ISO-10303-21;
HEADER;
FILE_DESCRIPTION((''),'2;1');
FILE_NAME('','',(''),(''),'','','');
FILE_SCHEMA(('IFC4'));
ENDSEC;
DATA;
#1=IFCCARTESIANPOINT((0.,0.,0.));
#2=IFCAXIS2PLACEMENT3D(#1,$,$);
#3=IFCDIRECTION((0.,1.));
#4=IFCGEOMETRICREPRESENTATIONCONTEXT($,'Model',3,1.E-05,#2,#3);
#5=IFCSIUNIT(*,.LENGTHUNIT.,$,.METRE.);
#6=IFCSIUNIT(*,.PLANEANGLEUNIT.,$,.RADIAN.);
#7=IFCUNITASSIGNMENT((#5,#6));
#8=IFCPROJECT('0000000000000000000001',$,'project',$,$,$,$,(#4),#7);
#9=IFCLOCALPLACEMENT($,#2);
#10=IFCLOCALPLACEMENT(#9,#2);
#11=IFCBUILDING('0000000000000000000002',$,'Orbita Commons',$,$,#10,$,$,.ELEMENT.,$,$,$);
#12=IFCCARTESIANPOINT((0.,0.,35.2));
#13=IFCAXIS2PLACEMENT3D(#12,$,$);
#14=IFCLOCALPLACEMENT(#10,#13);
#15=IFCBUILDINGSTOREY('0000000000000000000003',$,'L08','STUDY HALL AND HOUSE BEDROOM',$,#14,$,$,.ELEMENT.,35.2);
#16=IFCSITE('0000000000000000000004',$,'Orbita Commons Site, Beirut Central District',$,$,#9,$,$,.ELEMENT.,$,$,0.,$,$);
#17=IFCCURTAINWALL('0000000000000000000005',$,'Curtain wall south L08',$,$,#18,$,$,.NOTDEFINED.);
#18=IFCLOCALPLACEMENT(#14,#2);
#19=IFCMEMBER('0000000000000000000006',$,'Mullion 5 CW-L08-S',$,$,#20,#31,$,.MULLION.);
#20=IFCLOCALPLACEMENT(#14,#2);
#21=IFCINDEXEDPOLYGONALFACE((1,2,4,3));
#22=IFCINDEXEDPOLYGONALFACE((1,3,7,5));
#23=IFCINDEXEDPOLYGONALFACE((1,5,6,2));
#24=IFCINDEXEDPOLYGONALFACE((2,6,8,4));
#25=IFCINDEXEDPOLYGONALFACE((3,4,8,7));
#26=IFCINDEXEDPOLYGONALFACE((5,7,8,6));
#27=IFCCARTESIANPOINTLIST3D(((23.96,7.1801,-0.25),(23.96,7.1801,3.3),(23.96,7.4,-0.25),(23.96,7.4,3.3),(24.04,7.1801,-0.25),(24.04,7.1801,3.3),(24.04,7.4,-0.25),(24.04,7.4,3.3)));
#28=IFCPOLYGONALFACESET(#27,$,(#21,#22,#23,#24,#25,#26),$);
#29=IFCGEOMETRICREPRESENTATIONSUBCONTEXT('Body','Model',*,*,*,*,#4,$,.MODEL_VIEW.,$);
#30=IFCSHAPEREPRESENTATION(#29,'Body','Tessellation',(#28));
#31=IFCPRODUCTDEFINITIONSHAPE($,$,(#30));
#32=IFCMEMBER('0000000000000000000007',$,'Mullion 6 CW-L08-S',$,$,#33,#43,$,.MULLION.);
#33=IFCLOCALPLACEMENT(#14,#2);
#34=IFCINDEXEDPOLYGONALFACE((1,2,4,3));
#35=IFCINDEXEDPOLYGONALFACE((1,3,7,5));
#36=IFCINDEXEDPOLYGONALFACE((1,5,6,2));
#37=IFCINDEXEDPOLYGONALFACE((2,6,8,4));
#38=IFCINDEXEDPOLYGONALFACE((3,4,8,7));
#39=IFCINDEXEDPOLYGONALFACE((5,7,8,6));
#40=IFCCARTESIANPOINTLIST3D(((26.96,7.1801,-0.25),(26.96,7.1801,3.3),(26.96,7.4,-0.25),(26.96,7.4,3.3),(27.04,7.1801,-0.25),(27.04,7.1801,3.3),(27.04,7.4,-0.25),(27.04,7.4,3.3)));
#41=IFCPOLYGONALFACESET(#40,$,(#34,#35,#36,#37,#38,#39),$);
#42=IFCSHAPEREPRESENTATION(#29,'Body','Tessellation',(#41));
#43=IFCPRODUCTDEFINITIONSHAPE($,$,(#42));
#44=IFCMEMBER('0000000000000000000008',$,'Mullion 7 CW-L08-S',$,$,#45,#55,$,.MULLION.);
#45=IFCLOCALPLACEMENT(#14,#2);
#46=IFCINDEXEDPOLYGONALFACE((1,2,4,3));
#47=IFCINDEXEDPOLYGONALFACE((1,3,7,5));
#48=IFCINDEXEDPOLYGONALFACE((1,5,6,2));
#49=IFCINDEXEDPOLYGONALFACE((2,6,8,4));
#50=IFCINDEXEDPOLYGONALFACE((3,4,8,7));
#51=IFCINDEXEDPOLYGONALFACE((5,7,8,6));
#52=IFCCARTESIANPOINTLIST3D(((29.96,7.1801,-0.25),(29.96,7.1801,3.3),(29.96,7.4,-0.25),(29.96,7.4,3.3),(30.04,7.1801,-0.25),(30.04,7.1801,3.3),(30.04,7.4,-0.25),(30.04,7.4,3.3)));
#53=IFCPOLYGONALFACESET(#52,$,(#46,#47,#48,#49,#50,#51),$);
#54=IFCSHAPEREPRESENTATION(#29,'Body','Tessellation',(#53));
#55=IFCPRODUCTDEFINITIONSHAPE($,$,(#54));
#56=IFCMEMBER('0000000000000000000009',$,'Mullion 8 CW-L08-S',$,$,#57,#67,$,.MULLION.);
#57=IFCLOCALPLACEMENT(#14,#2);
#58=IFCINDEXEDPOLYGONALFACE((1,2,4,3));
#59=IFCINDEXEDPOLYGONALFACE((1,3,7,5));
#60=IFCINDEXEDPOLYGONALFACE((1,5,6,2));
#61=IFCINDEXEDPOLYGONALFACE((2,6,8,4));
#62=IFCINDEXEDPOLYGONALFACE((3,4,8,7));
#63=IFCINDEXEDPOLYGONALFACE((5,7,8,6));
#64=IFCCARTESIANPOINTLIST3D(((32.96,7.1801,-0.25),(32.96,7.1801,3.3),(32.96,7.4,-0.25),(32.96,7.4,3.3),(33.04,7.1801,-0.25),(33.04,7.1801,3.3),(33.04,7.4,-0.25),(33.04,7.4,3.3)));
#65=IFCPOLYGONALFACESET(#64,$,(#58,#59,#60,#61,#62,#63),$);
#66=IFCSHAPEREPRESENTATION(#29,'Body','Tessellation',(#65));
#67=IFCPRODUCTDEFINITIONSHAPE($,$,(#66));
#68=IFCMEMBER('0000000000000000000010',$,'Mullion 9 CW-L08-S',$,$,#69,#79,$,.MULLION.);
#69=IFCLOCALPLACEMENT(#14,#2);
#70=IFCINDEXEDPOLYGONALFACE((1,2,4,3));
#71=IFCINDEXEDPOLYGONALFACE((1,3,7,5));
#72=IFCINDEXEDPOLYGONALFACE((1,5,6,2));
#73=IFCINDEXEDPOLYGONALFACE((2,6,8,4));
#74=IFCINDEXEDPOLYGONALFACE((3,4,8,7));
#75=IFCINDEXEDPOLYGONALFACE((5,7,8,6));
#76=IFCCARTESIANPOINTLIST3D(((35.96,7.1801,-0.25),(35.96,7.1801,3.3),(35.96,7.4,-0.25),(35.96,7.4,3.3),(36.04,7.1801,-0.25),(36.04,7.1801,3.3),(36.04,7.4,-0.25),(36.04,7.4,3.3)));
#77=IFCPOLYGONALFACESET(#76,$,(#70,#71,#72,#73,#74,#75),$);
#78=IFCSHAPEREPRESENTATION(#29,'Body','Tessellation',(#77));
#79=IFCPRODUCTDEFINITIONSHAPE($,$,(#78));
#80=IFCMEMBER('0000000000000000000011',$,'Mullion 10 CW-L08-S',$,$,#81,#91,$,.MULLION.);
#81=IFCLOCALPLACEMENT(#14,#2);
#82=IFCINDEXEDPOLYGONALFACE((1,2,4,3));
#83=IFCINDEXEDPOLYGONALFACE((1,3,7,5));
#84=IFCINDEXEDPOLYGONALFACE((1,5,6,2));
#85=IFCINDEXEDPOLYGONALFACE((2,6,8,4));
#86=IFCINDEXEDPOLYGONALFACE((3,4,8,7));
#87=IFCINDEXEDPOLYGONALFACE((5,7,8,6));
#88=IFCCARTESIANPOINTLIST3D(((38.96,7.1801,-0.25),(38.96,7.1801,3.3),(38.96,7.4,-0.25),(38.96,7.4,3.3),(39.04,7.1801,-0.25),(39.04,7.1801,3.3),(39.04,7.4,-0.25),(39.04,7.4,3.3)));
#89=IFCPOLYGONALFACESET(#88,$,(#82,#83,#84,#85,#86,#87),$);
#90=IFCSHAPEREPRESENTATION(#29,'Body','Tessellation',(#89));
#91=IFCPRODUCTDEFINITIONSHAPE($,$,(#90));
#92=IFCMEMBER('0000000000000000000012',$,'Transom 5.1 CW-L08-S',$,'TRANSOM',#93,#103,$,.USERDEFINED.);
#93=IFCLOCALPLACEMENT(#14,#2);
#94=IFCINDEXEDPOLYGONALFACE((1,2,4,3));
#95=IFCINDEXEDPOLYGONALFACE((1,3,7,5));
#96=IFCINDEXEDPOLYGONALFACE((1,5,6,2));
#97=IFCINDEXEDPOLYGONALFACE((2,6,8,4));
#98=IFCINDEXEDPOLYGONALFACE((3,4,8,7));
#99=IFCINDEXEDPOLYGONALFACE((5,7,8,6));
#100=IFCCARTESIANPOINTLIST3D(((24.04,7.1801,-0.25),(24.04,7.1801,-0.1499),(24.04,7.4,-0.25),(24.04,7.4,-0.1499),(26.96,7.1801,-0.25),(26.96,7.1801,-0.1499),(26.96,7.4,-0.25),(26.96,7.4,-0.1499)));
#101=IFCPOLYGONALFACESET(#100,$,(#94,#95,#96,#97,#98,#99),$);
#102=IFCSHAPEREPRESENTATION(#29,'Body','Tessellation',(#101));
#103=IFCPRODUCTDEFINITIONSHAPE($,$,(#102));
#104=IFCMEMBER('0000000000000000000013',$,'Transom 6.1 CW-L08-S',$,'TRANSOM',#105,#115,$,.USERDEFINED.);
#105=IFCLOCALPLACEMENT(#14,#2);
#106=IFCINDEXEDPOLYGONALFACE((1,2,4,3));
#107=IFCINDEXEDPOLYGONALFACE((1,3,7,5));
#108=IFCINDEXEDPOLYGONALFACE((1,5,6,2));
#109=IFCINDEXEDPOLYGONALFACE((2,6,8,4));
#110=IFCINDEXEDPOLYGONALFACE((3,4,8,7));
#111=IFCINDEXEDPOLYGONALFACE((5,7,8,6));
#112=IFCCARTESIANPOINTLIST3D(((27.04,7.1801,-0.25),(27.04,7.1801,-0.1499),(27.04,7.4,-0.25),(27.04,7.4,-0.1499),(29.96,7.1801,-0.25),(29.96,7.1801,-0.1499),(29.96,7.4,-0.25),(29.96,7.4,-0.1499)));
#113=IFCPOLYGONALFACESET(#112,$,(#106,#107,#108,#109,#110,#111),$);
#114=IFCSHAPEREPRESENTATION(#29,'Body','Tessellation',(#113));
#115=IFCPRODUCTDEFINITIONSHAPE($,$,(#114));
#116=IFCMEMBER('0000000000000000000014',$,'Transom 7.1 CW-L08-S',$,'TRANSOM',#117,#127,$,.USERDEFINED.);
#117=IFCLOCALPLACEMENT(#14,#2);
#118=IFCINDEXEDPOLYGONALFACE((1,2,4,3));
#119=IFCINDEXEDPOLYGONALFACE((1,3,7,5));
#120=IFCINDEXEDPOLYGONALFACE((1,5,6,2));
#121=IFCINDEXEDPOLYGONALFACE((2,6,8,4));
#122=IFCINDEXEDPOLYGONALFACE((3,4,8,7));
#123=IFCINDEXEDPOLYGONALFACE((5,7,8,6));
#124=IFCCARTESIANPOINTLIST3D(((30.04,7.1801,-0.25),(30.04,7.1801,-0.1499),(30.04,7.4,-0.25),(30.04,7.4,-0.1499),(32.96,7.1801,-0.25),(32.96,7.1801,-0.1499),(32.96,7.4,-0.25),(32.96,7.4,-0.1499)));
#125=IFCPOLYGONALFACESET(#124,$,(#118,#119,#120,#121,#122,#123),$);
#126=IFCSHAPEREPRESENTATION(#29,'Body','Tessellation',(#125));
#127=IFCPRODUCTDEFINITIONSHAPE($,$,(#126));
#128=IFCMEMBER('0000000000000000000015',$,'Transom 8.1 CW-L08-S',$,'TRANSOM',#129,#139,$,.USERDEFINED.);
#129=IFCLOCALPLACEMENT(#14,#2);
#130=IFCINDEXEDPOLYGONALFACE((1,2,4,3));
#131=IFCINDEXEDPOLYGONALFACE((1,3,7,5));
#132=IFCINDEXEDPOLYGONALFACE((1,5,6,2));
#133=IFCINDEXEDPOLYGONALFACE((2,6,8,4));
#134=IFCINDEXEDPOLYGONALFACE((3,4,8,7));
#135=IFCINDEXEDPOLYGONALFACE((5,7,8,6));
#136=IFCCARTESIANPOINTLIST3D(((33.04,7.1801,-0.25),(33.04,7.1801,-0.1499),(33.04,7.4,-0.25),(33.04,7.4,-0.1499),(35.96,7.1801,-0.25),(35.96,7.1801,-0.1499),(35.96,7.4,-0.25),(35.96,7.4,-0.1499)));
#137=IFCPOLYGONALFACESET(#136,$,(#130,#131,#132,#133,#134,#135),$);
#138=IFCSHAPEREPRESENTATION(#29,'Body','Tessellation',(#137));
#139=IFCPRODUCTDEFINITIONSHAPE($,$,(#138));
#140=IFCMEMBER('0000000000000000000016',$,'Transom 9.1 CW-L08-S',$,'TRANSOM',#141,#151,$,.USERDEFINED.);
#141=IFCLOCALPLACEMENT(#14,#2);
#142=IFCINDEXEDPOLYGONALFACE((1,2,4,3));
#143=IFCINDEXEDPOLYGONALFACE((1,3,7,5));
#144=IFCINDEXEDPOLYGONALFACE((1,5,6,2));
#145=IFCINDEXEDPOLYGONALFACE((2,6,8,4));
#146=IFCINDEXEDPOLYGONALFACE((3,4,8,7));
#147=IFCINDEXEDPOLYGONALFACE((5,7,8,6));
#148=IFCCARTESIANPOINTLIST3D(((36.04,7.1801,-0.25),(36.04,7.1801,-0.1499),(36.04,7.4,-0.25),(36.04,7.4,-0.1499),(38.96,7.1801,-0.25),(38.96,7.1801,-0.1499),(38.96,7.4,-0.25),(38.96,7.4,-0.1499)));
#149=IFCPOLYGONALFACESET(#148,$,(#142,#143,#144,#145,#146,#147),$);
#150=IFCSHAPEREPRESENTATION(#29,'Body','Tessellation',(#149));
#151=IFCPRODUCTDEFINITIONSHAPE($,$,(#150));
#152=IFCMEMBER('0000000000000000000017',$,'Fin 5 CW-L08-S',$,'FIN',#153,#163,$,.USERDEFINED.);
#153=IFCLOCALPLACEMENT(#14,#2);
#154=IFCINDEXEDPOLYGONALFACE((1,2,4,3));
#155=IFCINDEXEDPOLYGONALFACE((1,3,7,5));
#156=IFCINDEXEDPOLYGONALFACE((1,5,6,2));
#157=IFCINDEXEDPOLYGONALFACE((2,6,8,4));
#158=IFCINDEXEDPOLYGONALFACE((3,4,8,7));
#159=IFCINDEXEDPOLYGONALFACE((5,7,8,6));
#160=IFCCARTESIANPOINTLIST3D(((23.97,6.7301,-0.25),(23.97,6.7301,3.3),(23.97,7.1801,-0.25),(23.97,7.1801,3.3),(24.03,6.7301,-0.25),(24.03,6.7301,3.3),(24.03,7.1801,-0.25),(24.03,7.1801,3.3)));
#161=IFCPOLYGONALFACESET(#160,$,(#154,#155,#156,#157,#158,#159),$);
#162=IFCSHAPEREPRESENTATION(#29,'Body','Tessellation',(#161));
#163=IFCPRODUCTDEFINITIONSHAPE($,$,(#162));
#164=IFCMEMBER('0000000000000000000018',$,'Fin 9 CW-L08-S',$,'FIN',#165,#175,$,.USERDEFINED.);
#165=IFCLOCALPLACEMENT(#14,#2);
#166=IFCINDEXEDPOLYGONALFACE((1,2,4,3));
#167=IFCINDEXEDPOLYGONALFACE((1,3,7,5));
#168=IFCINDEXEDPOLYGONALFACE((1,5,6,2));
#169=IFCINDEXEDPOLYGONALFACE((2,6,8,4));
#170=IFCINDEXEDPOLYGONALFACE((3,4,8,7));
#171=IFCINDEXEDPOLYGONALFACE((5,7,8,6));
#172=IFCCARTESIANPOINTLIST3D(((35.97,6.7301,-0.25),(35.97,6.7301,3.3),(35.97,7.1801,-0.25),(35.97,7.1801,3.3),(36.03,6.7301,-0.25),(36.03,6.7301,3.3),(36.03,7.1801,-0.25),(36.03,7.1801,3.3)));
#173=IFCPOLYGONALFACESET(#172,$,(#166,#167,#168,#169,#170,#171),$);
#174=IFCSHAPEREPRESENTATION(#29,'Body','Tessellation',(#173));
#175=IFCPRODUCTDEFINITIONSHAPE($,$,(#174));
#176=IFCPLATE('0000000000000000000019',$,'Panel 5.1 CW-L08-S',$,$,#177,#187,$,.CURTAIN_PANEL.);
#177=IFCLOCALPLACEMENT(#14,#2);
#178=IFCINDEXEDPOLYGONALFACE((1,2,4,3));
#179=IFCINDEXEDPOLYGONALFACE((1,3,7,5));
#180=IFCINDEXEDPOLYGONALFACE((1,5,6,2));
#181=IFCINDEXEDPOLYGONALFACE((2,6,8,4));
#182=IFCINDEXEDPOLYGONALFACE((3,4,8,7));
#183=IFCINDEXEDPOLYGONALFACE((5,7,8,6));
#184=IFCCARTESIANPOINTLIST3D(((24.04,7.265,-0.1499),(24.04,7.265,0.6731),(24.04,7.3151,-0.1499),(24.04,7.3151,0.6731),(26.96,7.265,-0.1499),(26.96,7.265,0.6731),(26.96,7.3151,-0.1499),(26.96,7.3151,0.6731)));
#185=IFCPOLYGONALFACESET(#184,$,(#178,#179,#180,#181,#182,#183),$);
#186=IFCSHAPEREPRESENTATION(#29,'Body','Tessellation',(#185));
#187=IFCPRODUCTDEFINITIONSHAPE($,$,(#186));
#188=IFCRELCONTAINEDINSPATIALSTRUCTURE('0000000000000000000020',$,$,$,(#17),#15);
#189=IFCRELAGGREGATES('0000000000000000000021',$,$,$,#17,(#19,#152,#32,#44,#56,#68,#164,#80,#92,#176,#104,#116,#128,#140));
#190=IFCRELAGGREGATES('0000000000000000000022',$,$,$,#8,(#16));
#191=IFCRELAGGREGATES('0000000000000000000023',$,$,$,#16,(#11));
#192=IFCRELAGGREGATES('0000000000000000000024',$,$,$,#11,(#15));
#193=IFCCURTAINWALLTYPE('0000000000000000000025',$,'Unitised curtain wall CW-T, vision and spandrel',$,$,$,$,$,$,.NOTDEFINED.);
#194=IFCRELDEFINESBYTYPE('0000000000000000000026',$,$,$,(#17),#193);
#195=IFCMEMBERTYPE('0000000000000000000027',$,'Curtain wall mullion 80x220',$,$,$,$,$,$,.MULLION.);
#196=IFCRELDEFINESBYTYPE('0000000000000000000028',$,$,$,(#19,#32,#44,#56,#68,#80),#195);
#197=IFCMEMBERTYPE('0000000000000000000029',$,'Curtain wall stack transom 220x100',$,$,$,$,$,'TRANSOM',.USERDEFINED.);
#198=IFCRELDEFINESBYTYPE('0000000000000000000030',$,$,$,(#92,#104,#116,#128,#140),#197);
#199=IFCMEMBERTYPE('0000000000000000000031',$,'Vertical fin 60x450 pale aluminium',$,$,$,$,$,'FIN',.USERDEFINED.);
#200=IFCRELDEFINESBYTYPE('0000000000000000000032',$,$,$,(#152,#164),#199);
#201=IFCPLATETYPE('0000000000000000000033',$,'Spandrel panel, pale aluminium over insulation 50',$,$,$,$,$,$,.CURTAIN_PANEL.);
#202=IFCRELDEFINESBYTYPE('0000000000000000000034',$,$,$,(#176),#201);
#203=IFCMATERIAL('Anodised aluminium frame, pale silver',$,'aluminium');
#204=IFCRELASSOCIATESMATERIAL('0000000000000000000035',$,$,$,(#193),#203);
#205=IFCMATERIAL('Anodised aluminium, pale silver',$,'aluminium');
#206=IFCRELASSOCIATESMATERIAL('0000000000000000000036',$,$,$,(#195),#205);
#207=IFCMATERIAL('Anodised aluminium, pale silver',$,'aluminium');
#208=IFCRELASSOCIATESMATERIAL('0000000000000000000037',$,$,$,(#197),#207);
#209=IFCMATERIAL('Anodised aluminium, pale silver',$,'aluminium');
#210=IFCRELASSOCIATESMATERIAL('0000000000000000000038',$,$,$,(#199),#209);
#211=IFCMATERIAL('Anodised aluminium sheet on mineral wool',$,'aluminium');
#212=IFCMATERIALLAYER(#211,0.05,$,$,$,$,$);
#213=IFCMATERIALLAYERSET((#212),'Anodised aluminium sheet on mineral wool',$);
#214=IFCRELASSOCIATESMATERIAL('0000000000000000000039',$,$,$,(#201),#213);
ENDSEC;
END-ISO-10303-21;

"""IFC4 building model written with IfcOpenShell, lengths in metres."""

from ifc_helpers import new_model, si_unit, direction, frame, origin, origin_2d, place, context, subcontext, project, spatial, rectangle, extrude, material, layer, layer_set, material_profile, profile_set, type_object, element, aggregate, save


model = new_model("IFC4")

# Units and contexts
model_context = context("Model", 3, precision=1e-05, world=origin(), true_north=direction((0.0, 1.0)))
body_context = subcontext(model_context, "Body", "Model", "MODEL_VIEW")
ifc_project = project(units=[si_unit("LENGTHUNIT", "METRE"), si_unit("PLANEANGLEUNIT", "RADIAN")], contexts=[model_context])

# Site, building, storey
site_placement = place(None, origin())
site = spatial("IfcSite", under=ifc_project, at=site_placement, Name="Orbita Commons Site, Beirut Central District", CompositionType="ELEMENT", RefElevation=0.0)
building_placement = place(site_placement, origin())
building = spatial("IfcBuilding", under=site, at=building_placement, Name="Orbita Commons", CompositionType="ELEMENT")
storey_placement = place(building_placement, frame((0.0, 0.0, 35.2)))
storey = spatial("IfcBuildingStorey", under=building, at=storey_placement, Name="L08", Description="STUDY HALL AND HOUSE BEDROOM", CompositionType="ELEMENT", Elevation=35.2)

# Curtain wall, members, plate
ifc_material_1 = material(Name="Anodised aluminium frame, pale silver", Category="aluminium")
curtain_wall_type = type_object("IfcCurtainWallType", Name="Unitised curtain wall CW-T, vision and spandrel", PredefinedType="NOTDEFINED", material=ifc_material_1)
curtain_wall_placement = place(storey_placement, origin())
curtain_wall = element("IfcCurtainWall", 1, at=curtain_wall_placement, inside=storey, type_object=curtain_wall_type, Name="Curtain wall south L08", PredefinedType="NOTDEFINED")
ifc_material_2 = material(Name="Anodised aluminium, pale silver", Category="aluminium")
ifc_material_profile_1 = material_profile(ifc_material_2, rectangle(XDim=0.0801, YDim=0.22, at=origin_2d()), Name="AL 80x220")
ifc_profile_set_1 = profile_set([ifc_material_profile_1], Name="Anodised aluminium, pale silver")
member_type_1 = type_object("IfcMemberType", Name="Curtain wall mullion 80x220", PredefinedType="MULLION", material=ifc_profile_set_1)
member_1_placement = place(storey_placement, frame((24.0, 7.29, -0.25), z_axis=(0.0, 0.0, 1.0), x_axis=(1.0, 0.0, 0.0)))
member_1 = element("IfcMember", 2, at=member_1_placement, type_object=member_type_1, Name="Mullion 5 CW-L08-S", PredefinedType="MULLION", context=body_context, shape_type="SweptSolid", body=[
    extrude(rectangle(XDim=0.0801, YDim=0.22, at=origin_2d()), origin(), (0.0, 0.0, 1.0), 3.55),
])
member_2_placement = place(storey_placement, frame((27.0, 7.29, -0.25), z_axis=(0.0, 0.0, 1.0), x_axis=(1.0, 0.0, 0.0)))
member_2 = element("IfcMember", 3, at=member_2_placement, type_object=member_type_1, Name="Mullion 6 CW-L08-S", PredefinedType="MULLION", context=body_context, shape_type="SweptSolid", body=[
    extrude(rectangle(XDim=0.0801, YDim=0.22, at=origin_2d()), origin(), (0.0, 0.0, 1.0), 3.55),
])
member_3_placement = place(storey_placement, frame((30.0, 7.29, -0.25), z_axis=(0.0, 0.0, 1.0), x_axis=(1.0, 0.0, 0.0)))
member_3 = element("IfcMember", 4, at=member_3_placement, type_object=member_type_1, Name="Mullion 7 CW-L08-S", PredefinedType="MULLION", context=body_context, shape_type="SweptSolid", body=[
    extrude(rectangle(XDim=0.0801, YDim=0.22, at=origin_2d()), origin(), (0.0, 0.0, 1.0), 3.55),
])
member_4_placement = place(storey_placement, frame((33.0, 7.29, -0.25), z_axis=(0.0, 0.0, 1.0), x_axis=(1.0, 0.0, 0.0)))
member_4 = element("IfcMember", 5, at=member_4_placement, type_object=member_type_1, Name="Mullion 8 CW-L08-S", PredefinedType="MULLION", context=body_context, shape_type="SweptSolid", body=[
    extrude(rectangle(XDim=0.0801, YDim=0.22, at=origin_2d()), origin(), (0.0, 0.0, 1.0), 3.55),
])
member_5_placement = place(storey_placement, frame((36.0, 7.29, -0.25), z_axis=(0.0, 0.0, 1.0), x_axis=(1.0, 0.0, 0.0)))
member_5 = element("IfcMember", 6, at=member_5_placement, type_object=member_type_1, Name="Mullion 9 CW-L08-S", PredefinedType="MULLION", context=body_context, shape_type="SweptSolid", body=[
    extrude(rectangle(XDim=0.0801, YDim=0.22, at=origin_2d()), origin(), (0.0, 0.0, 1.0), 3.55),
])
member_6_placement = place(storey_placement, frame((39.0, 7.29, -0.25), z_axis=(0.0, 0.0, 1.0), x_axis=(1.0, 0.0, 0.0)))
member_6 = element("IfcMember", 7, at=member_6_placement, type_object=member_type_1, Name="Mullion 10 CW-L08-S", PredefinedType="MULLION", context=body_context, shape_type="SweptSolid", body=[
    extrude(rectangle(XDim=0.0801, YDim=0.22, at=origin_2d()), origin(), (0.0, 0.0, 1.0), 3.55),
])
ifc_material_3 = material(Name="Anodised aluminium, pale silver", Category="aluminium")
ifc_material_profile_2 = material_profile(ifc_material_3, rectangle(XDim=0.22, YDim=0.1001, at=origin_2d()), Name="AL 220x100")
ifc_profile_set_2 = profile_set([ifc_material_profile_2], Name="Anodised aluminium, pale silver")
member_type_2 = type_object("IfcMemberType", Name="Curtain wall stack transom 220x100", ElementType="TRANSOM", PredefinedType="USERDEFINED", material=ifc_profile_set_2)
member_7_placement = place(storey_placement, frame((24.04, 7.29, -0.2), z_axis=(1.0, 0.0, 0.0), x_axis=(0.0, 1.0, 0.0)))
member_7 = element("IfcMember", 8, at=member_7_placement, type_object=member_type_2, Name="Transom 5.1 CW-L08-S", ObjectType="TRANSOM", PredefinedType="USERDEFINED", context=body_context, shape_type="SweptSolid", body=[
    extrude(rectangle(XDim=0.22, YDim=0.1001, at=origin_2d()), origin(), (0.0, 0.0, 1.0), 2.9199),
])
member_8_placement = place(storey_placement, frame((27.04, 7.29, -0.2), z_axis=(1.0, 0.0, 0.0), x_axis=(0.0, 1.0, 0.0)))
member_8 = element("IfcMember", 9, at=member_8_placement, type_object=member_type_2, Name="Transom 6.1 CW-L08-S", ObjectType="TRANSOM", PredefinedType="USERDEFINED", context=body_context, shape_type="SweptSolid", body=[
    extrude(rectangle(XDim=0.22, YDim=0.1001, at=origin_2d()), origin(), (0.0, 0.0, 1.0), 2.9199),
])
member_9_placement = place(storey_placement, frame((30.04, 7.29, -0.2), z_axis=(1.0, 0.0, 0.0), x_axis=(0.0, 1.0, 0.0)))
member_9 = element("IfcMember", 10, at=member_9_placement, type_object=member_type_2, Name="Transom 7.1 CW-L08-S", ObjectType="TRANSOM", PredefinedType="USERDEFINED", context=body_context, shape_type="SweptSolid", body=[
    extrude(rectangle(XDim=0.22, YDim=0.1001, at=origin_2d()), origin(), (0.0, 0.0, 1.0), 2.9199),
])
member_10_placement = place(storey_placement, frame((33.04, 7.29, -0.2), z_axis=(1.0, 0.0, 0.0), x_axis=(0.0, 1.0, 0.0)))
member_10 = element("IfcMember", 11, at=member_10_placement, type_object=member_type_2, Name="Transom 8.1 CW-L08-S", ObjectType="TRANSOM", PredefinedType="USERDEFINED", context=body_context, shape_type="SweptSolid", body=[
    extrude(rectangle(XDim=0.22, YDim=0.1001, at=origin_2d()), origin(), (0.0, 0.0, 1.0), 2.9199),
])
member_11_placement = place(storey_placement, frame((36.04, 7.29, -0.2), z_axis=(1.0, 0.0, 0.0), x_axis=(0.0, 1.0, 0.0)))
member_11 = element("IfcMember", 12, at=member_11_placement, type_object=member_type_2, Name="Transom 9.1 CW-L08-S", ObjectType="TRANSOM", PredefinedType="USERDEFINED", context=body_context, shape_type="SweptSolid", body=[
    extrude(rectangle(XDim=0.22, YDim=0.1001, at=origin_2d()), origin(), (0.0, 0.0, 1.0), 2.9199),
])
ifc_material_4 = material(Name="Anodised aluminium, pale silver", Category="aluminium")
ifc_material_profile_3 = material_profile(ifc_material_4, rectangle(XDim=0.0601, YDim=0.45, at=origin_2d()), Name="FIN 60x450")
ifc_profile_set_3 = profile_set([ifc_material_profile_3], Name="Anodised aluminium, pale silver")
member_type_3 = type_object("IfcMemberType", Name="Vertical fin 60x450 pale aluminium", ElementType="FIN", PredefinedType="USERDEFINED", material=ifc_profile_set_3)
member_12_placement = place(storey_placement, frame((24.0, 6.9551, -0.25), z_axis=(0.0, 0.0, 1.0), x_axis=(1.0, 0.0, 0.0)))
member_12 = element("IfcMember", 13, at=member_12_placement, type_object=member_type_3, Name="Fin 5 CW-L08-S", ObjectType="FIN", PredefinedType="USERDEFINED", context=body_context, shape_type="SweptSolid", body=[
    extrude(rectangle(XDim=0.0601, YDim=0.45, at=origin_2d()), origin(), (0.0, 0.0, 1.0), 3.55),
])
member_13_placement = place(storey_placement, frame((36.0, 6.9551, -0.25), z_axis=(0.0, 0.0, 1.0), x_axis=(1.0, 0.0, 0.0)))
member_13 = element("IfcMember", 14, at=member_13_placement, type_object=member_type_3, Name="Fin 9 CW-L08-S", ObjectType="FIN", PredefinedType="USERDEFINED", context=body_context, shape_type="SweptSolid", body=[
    extrude(rectangle(XDim=0.0601, YDim=0.45, at=origin_2d()), origin(), (0.0, 0.0, 1.0), 3.55),
])
ifc_material_5 = material(Name="Anodised aluminium sheet on mineral wool", Category="aluminium")
ifc_layer_1 = layer(ifc_material_5, 0.05)
ifc_layer_set_1 = layer_set([ifc_layer_1], Name="Anodised aluminium sheet on mineral wool")
plate_type_1 = type_object("IfcPlateType", Name="Spandrel panel, pale aluminium over insulation 50", PredefinedType="CURTAIN_PANEL", material=ifc_layer_set_1)
plate_1_placement = place(storey_placement, frame((25.5, 7.29, -0.1499), z_axis=(0.0, 0.0, 1.0), x_axis=(1.0, 0.0, 0.0)))
plate_1 = element("IfcPlate", 15, at=plate_1_placement, type_object=plate_type_1, Name="Panel 5.1 CW-L08-S", PredefinedType="CURTAIN_PANEL", context=body_context, shape_type="SweptSolid", body=[
    extrude(rectangle(XDim=2.9199, YDim=0.05, at=origin_2d()), origin(), (0.0, 0.0, 1.0), 0.823),
])
aggregate(curtain_wall, [member_1, member_12, member_2, member_3, member_4, member_5, member_13, member_6, member_7, plate_1, member_8, member_9, member_10, member_11])

save(model, "model.ifc")
